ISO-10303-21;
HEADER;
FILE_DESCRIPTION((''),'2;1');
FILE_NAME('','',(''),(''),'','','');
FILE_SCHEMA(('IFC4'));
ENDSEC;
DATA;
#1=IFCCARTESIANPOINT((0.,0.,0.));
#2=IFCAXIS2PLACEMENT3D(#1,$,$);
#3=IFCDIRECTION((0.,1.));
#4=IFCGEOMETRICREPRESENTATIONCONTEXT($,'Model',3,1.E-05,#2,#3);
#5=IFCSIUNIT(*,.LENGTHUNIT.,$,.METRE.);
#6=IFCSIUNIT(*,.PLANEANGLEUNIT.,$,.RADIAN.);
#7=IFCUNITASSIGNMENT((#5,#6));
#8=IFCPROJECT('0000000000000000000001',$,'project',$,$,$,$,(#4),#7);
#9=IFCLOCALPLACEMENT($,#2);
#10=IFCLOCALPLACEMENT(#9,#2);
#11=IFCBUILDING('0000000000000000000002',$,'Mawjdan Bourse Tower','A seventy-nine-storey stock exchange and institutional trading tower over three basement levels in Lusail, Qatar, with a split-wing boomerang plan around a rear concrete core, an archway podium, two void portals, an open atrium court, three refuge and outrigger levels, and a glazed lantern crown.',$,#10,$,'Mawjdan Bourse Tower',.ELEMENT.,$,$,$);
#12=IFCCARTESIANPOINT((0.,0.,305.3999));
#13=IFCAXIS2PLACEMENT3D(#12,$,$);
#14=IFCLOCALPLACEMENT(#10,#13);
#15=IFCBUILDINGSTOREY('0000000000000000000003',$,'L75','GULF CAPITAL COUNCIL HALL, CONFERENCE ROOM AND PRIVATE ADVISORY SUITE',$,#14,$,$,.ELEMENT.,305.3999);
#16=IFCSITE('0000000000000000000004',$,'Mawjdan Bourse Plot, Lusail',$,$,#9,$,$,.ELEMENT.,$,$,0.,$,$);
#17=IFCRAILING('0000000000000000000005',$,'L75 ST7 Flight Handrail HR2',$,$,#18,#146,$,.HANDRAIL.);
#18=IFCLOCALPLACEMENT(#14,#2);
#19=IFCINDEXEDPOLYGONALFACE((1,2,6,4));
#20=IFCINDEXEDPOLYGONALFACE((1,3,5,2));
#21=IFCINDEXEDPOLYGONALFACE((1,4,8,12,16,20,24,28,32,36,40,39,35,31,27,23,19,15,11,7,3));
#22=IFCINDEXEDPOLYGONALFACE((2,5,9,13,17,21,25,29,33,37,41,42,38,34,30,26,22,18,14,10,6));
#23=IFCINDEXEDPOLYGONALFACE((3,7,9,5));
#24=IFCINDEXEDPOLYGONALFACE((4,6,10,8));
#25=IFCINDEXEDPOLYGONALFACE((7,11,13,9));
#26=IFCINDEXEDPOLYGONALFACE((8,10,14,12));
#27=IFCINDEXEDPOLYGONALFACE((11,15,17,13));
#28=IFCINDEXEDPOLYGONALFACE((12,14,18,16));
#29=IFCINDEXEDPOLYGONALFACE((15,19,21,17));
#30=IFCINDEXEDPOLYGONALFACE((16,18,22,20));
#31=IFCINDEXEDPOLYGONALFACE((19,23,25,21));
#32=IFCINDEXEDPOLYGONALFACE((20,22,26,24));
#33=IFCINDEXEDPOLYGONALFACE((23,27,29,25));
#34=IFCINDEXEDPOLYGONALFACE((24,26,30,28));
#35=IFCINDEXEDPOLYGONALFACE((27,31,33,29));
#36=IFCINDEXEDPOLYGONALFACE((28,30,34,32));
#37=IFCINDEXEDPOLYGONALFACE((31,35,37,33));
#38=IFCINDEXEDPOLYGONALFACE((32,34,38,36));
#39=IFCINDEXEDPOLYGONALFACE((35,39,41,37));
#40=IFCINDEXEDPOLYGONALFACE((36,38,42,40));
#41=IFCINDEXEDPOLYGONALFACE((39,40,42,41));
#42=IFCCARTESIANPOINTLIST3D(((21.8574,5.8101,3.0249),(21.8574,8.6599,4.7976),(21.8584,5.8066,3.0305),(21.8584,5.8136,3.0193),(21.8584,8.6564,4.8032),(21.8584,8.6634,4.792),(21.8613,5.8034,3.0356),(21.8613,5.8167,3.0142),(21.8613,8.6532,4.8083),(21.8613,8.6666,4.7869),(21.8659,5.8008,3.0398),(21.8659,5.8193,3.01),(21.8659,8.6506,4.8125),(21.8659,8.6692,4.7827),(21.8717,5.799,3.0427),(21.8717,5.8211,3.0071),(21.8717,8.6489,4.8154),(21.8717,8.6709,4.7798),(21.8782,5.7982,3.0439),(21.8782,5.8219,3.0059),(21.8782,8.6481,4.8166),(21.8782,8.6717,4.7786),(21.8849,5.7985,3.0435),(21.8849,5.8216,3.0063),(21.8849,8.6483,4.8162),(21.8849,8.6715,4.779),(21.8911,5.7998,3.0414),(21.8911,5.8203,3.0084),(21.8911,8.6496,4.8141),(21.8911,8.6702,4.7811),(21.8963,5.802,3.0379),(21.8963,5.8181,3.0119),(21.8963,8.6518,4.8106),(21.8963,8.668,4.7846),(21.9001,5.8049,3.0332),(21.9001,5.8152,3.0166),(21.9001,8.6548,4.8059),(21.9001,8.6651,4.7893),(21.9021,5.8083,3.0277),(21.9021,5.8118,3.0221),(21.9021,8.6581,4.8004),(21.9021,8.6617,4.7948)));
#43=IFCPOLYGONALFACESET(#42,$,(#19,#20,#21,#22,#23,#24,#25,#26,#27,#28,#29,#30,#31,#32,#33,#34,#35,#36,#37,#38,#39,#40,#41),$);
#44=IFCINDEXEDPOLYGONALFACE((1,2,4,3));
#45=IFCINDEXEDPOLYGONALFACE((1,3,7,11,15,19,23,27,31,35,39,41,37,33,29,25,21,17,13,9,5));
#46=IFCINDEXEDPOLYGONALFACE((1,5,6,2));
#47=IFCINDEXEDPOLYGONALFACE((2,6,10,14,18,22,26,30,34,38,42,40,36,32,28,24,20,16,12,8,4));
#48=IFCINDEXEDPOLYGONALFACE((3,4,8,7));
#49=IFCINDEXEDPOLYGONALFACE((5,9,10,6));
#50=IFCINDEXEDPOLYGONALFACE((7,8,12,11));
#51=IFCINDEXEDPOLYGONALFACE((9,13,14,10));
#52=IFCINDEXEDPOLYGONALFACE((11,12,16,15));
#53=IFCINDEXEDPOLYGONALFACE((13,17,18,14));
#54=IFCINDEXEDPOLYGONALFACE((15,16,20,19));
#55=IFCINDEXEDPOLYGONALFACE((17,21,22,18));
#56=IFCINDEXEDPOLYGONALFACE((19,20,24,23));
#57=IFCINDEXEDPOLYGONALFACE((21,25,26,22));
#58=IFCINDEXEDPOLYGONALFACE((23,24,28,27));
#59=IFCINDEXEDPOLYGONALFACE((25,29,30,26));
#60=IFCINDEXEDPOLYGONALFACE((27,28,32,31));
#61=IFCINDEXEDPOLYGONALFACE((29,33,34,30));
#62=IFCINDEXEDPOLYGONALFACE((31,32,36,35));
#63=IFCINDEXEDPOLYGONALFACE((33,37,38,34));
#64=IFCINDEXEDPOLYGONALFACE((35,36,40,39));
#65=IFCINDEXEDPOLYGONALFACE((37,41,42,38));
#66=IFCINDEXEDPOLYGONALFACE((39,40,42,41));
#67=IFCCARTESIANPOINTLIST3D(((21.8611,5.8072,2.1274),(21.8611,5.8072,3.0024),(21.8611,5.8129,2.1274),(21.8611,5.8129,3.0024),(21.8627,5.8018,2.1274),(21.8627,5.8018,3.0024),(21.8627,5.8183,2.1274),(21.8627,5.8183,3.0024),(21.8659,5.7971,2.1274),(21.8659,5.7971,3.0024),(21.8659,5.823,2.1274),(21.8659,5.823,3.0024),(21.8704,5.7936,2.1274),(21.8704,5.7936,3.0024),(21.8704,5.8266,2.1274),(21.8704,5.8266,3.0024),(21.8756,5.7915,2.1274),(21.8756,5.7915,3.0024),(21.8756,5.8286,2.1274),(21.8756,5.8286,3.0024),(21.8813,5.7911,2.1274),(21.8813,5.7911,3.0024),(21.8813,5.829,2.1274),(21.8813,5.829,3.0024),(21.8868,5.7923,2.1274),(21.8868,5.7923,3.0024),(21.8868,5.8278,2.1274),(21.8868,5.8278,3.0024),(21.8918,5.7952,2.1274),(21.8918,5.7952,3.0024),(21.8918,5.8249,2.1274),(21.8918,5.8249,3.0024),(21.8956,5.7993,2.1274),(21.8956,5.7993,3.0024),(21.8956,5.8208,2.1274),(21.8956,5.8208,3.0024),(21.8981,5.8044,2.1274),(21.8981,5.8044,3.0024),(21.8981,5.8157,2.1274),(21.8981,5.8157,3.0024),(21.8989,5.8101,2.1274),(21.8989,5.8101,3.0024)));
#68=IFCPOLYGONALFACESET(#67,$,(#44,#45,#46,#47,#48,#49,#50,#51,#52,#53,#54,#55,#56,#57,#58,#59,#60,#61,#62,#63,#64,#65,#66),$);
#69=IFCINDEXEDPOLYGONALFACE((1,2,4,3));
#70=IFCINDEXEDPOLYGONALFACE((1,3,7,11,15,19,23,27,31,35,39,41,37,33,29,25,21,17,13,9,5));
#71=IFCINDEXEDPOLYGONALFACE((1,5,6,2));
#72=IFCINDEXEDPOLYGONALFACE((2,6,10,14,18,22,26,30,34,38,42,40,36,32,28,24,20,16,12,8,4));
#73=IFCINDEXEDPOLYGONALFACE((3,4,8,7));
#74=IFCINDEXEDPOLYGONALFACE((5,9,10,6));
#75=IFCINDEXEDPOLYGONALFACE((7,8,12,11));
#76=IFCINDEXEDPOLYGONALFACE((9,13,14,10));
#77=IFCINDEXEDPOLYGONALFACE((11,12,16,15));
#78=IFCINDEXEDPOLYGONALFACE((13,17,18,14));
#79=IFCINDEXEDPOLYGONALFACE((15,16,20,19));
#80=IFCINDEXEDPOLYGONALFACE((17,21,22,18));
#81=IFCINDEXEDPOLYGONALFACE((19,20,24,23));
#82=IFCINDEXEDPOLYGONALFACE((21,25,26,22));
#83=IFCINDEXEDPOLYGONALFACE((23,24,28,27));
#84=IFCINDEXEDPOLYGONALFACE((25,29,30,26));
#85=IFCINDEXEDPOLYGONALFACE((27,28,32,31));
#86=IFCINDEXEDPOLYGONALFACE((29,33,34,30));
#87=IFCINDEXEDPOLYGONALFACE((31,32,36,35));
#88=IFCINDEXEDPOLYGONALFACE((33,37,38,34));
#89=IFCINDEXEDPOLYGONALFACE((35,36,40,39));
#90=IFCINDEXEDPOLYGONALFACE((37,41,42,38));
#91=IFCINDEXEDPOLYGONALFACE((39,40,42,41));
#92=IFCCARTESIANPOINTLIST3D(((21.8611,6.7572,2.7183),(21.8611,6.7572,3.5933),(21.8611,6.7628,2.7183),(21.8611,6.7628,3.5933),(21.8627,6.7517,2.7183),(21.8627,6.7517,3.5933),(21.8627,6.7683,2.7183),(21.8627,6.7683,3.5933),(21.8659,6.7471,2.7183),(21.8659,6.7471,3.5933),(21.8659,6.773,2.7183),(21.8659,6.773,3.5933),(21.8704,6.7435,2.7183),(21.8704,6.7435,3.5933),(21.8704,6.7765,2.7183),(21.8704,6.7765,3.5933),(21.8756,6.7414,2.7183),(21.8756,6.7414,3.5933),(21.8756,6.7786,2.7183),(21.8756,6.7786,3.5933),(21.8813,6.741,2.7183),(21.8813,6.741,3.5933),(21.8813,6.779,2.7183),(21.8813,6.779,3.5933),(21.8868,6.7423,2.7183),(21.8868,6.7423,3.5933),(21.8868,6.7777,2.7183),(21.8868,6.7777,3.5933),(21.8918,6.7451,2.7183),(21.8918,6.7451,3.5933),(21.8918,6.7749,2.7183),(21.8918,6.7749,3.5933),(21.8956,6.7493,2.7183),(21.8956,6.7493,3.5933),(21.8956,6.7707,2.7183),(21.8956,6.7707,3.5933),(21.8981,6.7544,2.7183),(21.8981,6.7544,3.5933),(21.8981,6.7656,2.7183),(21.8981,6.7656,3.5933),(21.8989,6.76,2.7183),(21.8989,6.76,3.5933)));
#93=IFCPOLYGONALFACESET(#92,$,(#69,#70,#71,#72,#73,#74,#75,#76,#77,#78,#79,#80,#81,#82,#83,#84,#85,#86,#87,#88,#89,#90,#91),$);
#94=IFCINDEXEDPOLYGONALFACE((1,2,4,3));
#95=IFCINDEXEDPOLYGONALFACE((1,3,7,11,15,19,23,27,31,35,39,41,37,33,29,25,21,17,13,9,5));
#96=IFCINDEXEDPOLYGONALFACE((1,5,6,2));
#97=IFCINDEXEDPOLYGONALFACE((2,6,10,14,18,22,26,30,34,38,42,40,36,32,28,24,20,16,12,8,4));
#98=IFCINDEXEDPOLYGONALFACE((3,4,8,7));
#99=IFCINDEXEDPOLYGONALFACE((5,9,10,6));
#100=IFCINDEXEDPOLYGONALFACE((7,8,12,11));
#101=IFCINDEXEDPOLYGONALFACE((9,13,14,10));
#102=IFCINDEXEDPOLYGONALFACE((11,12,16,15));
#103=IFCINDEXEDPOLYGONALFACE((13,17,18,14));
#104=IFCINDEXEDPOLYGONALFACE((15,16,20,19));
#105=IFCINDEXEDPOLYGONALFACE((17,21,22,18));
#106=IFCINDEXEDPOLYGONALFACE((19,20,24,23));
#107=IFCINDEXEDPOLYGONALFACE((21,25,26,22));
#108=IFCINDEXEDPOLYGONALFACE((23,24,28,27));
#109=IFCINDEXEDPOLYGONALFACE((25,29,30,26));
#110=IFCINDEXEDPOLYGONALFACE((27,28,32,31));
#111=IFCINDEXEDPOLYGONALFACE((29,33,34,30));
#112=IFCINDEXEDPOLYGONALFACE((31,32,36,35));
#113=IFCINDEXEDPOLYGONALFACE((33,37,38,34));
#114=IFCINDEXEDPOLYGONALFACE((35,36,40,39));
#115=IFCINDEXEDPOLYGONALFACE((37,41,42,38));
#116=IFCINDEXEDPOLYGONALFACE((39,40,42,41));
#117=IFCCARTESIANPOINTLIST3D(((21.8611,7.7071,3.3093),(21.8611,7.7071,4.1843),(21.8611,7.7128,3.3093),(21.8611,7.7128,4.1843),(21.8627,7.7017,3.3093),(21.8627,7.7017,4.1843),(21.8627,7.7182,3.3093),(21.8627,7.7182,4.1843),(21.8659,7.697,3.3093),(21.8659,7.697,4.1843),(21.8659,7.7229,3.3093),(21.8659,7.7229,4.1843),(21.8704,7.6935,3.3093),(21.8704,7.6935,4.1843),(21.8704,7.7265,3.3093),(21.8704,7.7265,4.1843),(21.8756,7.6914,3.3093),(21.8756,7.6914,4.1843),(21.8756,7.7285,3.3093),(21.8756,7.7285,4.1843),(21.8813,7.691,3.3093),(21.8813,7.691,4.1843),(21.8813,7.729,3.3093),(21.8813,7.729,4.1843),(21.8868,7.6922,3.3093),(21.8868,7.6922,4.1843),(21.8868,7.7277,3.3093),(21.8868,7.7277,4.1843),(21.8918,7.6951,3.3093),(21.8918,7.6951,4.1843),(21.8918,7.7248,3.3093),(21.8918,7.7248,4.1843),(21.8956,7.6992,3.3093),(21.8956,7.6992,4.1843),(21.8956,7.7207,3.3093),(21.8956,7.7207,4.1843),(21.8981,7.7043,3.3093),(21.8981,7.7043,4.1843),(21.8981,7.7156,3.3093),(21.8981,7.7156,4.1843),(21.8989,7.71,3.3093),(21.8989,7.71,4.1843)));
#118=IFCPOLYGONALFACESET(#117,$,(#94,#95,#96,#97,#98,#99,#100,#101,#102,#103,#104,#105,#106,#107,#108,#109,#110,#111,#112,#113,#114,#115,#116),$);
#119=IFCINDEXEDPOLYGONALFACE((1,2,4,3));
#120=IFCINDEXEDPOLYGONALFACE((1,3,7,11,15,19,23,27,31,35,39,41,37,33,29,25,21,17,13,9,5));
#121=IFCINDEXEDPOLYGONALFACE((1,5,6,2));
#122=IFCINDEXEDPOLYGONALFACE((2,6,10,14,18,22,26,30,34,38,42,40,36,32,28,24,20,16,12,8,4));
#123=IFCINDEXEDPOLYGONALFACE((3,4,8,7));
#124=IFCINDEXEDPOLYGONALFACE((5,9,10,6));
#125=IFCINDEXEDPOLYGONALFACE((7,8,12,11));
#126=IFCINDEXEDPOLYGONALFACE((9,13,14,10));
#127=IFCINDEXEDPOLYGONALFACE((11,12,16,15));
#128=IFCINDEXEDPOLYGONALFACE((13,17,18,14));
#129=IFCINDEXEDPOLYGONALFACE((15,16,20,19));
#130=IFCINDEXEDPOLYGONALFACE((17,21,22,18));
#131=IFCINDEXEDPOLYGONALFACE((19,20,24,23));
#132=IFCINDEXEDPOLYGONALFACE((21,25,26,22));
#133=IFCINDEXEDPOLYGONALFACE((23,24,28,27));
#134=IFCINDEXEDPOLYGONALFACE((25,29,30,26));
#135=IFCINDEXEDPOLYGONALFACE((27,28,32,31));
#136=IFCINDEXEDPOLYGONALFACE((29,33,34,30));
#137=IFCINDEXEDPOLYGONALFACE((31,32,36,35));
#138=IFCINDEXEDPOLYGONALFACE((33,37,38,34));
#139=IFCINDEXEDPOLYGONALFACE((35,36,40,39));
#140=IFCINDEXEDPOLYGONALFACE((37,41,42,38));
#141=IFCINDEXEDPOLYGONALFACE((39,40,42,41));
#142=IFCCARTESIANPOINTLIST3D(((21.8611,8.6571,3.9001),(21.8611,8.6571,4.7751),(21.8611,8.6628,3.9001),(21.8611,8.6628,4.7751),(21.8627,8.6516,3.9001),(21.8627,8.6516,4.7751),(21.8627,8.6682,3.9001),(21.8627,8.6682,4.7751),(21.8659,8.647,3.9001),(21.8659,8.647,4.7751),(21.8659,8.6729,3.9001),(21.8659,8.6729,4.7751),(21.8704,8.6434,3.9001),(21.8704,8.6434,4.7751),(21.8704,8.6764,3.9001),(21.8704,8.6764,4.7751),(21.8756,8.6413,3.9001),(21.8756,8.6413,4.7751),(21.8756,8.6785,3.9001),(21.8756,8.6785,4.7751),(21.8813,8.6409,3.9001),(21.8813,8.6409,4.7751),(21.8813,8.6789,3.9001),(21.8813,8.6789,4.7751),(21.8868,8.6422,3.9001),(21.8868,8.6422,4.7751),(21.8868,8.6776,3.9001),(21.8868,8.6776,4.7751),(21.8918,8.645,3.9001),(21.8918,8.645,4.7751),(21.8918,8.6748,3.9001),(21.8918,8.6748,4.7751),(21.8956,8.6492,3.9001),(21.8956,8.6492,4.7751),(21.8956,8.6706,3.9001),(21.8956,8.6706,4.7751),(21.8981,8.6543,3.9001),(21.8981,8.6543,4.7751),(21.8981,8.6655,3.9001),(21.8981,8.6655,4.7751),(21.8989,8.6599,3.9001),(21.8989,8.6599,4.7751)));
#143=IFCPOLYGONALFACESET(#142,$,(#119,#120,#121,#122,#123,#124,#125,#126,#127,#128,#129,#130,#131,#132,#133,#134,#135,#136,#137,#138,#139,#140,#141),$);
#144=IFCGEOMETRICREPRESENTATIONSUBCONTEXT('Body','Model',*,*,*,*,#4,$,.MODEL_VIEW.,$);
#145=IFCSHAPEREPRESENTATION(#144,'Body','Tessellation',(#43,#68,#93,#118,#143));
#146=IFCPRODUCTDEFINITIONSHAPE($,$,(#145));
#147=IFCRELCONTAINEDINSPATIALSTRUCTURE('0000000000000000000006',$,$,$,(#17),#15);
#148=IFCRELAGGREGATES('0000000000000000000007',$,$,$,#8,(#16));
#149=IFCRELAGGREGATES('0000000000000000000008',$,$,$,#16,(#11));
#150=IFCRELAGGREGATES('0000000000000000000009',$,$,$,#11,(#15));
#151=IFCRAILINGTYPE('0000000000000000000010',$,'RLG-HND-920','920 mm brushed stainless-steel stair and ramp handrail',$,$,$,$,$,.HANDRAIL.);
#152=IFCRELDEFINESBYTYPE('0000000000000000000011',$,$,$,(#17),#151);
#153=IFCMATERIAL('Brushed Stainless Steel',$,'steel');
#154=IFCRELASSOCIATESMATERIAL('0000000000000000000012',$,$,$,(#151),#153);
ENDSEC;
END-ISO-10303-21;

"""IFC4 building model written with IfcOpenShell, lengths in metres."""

from ifc_helpers import new_model, si_unit, direction, frame, origin, origin_2d, place, context, subcontext, project, spatial, circle, extrude, material, type_object, element, save


model = new_model("IFC4")

# Units and contexts
model_context = context("Model", 3, precision=1e-05, world=origin(), true_north=direction((0.0, 1.0)))
body_context = subcontext(model_context, "Body", "Model", "MODEL_VIEW")
ifc_project = project(units=[si_unit("LENGTHUNIT", "METRE"), si_unit("PLANEANGLEUNIT", "RADIAN")], contexts=[model_context])

# Site, building, storey
site_placement = place(None, origin())
site = spatial("IfcSite", under=ifc_project, at=site_placement, Name="Mawjdan Bourse Plot, Lusail", CompositionType="ELEMENT", RefElevation=0.0)
building_placement = place(site_placement, origin())
building = spatial("IfcBuilding", under=site, at=building_placement, Name="Mawjdan Bourse Tower", Description="A seventy-nine-storey stock exchange and institutional trading tower over three basement levels in Lusail, Qatar, with a split-wing boomerang plan around a rear concrete core, an archway podium, two void portals, an open atrium court, three refuge and outrigger levels, and a glazed lantern crown.", LongName="Mawjdan Bourse Tower", CompositionType="ELEMENT")
storey_placement = place(building_placement, frame((0.0, 0.0, 305.3999)))
storey = spatial("IfcBuildingStorey", under=building, at=storey_placement, Name="L75", Description="GULF CAPITAL COUNCIL HALL, CONFERENCE ROOM AND PRIVATE ADVISORY SUITE", CompositionType="ELEMENT", Elevation=305.3999)

# Railing
ifc_material_1 = material(Name="Brushed Stainless Steel", Category="steel")
railing_type_1 = type_object("IfcRailingType", Name="RLG-HND-920", Description="920 mm brushed stainless-steel stair and ramp handrail", PredefinedType="HANDRAIL", material=ifc_material_1)
railing_1_placement = place(storey_placement, frame((21.8799, 5.8101, 2.1274)))
element("IfcRailing", 1, at=railing_1_placement, inside=storey, type_object=railing_type_1, Name="L75 ST7 Flight Handrail HR2", PredefinedType="HANDRAIL", context=body_context, shape_type="SweptSolid", body=[
    extrude(circle(Radius=0.0225, at=origin_2d()), frame((0.0, 0.0, 0.8975), z_axis=(0.0, 0.849128, 0.528187), x_axis=(-1.0, 0.0, 0.0)), (0.0, 0.0, 1.0), 3.3562),
    extrude(circle(Radius=0.019, at=origin_2d()), origin(), (0.0, 0.0, 1.0), 0.875),
    extrude(circle(Radius=0.019, at=origin_2d()), frame((0.0, 0.95, 0.5908)), (0.0, 0.0, 1.0), 0.875),
    extrude(circle(Radius=0.019, at=origin_2d()), frame((0.0, 1.8999, 1.1819)), (0.0, 0.0, 1.0), 0.875),
    extrude(circle(Radius=0.019, at=origin_2d()), frame((0.0, 2.8499, 1.7727)), (0.0, 0.0, 1.0), 0.875),
])

save(model, "model.ifc")
